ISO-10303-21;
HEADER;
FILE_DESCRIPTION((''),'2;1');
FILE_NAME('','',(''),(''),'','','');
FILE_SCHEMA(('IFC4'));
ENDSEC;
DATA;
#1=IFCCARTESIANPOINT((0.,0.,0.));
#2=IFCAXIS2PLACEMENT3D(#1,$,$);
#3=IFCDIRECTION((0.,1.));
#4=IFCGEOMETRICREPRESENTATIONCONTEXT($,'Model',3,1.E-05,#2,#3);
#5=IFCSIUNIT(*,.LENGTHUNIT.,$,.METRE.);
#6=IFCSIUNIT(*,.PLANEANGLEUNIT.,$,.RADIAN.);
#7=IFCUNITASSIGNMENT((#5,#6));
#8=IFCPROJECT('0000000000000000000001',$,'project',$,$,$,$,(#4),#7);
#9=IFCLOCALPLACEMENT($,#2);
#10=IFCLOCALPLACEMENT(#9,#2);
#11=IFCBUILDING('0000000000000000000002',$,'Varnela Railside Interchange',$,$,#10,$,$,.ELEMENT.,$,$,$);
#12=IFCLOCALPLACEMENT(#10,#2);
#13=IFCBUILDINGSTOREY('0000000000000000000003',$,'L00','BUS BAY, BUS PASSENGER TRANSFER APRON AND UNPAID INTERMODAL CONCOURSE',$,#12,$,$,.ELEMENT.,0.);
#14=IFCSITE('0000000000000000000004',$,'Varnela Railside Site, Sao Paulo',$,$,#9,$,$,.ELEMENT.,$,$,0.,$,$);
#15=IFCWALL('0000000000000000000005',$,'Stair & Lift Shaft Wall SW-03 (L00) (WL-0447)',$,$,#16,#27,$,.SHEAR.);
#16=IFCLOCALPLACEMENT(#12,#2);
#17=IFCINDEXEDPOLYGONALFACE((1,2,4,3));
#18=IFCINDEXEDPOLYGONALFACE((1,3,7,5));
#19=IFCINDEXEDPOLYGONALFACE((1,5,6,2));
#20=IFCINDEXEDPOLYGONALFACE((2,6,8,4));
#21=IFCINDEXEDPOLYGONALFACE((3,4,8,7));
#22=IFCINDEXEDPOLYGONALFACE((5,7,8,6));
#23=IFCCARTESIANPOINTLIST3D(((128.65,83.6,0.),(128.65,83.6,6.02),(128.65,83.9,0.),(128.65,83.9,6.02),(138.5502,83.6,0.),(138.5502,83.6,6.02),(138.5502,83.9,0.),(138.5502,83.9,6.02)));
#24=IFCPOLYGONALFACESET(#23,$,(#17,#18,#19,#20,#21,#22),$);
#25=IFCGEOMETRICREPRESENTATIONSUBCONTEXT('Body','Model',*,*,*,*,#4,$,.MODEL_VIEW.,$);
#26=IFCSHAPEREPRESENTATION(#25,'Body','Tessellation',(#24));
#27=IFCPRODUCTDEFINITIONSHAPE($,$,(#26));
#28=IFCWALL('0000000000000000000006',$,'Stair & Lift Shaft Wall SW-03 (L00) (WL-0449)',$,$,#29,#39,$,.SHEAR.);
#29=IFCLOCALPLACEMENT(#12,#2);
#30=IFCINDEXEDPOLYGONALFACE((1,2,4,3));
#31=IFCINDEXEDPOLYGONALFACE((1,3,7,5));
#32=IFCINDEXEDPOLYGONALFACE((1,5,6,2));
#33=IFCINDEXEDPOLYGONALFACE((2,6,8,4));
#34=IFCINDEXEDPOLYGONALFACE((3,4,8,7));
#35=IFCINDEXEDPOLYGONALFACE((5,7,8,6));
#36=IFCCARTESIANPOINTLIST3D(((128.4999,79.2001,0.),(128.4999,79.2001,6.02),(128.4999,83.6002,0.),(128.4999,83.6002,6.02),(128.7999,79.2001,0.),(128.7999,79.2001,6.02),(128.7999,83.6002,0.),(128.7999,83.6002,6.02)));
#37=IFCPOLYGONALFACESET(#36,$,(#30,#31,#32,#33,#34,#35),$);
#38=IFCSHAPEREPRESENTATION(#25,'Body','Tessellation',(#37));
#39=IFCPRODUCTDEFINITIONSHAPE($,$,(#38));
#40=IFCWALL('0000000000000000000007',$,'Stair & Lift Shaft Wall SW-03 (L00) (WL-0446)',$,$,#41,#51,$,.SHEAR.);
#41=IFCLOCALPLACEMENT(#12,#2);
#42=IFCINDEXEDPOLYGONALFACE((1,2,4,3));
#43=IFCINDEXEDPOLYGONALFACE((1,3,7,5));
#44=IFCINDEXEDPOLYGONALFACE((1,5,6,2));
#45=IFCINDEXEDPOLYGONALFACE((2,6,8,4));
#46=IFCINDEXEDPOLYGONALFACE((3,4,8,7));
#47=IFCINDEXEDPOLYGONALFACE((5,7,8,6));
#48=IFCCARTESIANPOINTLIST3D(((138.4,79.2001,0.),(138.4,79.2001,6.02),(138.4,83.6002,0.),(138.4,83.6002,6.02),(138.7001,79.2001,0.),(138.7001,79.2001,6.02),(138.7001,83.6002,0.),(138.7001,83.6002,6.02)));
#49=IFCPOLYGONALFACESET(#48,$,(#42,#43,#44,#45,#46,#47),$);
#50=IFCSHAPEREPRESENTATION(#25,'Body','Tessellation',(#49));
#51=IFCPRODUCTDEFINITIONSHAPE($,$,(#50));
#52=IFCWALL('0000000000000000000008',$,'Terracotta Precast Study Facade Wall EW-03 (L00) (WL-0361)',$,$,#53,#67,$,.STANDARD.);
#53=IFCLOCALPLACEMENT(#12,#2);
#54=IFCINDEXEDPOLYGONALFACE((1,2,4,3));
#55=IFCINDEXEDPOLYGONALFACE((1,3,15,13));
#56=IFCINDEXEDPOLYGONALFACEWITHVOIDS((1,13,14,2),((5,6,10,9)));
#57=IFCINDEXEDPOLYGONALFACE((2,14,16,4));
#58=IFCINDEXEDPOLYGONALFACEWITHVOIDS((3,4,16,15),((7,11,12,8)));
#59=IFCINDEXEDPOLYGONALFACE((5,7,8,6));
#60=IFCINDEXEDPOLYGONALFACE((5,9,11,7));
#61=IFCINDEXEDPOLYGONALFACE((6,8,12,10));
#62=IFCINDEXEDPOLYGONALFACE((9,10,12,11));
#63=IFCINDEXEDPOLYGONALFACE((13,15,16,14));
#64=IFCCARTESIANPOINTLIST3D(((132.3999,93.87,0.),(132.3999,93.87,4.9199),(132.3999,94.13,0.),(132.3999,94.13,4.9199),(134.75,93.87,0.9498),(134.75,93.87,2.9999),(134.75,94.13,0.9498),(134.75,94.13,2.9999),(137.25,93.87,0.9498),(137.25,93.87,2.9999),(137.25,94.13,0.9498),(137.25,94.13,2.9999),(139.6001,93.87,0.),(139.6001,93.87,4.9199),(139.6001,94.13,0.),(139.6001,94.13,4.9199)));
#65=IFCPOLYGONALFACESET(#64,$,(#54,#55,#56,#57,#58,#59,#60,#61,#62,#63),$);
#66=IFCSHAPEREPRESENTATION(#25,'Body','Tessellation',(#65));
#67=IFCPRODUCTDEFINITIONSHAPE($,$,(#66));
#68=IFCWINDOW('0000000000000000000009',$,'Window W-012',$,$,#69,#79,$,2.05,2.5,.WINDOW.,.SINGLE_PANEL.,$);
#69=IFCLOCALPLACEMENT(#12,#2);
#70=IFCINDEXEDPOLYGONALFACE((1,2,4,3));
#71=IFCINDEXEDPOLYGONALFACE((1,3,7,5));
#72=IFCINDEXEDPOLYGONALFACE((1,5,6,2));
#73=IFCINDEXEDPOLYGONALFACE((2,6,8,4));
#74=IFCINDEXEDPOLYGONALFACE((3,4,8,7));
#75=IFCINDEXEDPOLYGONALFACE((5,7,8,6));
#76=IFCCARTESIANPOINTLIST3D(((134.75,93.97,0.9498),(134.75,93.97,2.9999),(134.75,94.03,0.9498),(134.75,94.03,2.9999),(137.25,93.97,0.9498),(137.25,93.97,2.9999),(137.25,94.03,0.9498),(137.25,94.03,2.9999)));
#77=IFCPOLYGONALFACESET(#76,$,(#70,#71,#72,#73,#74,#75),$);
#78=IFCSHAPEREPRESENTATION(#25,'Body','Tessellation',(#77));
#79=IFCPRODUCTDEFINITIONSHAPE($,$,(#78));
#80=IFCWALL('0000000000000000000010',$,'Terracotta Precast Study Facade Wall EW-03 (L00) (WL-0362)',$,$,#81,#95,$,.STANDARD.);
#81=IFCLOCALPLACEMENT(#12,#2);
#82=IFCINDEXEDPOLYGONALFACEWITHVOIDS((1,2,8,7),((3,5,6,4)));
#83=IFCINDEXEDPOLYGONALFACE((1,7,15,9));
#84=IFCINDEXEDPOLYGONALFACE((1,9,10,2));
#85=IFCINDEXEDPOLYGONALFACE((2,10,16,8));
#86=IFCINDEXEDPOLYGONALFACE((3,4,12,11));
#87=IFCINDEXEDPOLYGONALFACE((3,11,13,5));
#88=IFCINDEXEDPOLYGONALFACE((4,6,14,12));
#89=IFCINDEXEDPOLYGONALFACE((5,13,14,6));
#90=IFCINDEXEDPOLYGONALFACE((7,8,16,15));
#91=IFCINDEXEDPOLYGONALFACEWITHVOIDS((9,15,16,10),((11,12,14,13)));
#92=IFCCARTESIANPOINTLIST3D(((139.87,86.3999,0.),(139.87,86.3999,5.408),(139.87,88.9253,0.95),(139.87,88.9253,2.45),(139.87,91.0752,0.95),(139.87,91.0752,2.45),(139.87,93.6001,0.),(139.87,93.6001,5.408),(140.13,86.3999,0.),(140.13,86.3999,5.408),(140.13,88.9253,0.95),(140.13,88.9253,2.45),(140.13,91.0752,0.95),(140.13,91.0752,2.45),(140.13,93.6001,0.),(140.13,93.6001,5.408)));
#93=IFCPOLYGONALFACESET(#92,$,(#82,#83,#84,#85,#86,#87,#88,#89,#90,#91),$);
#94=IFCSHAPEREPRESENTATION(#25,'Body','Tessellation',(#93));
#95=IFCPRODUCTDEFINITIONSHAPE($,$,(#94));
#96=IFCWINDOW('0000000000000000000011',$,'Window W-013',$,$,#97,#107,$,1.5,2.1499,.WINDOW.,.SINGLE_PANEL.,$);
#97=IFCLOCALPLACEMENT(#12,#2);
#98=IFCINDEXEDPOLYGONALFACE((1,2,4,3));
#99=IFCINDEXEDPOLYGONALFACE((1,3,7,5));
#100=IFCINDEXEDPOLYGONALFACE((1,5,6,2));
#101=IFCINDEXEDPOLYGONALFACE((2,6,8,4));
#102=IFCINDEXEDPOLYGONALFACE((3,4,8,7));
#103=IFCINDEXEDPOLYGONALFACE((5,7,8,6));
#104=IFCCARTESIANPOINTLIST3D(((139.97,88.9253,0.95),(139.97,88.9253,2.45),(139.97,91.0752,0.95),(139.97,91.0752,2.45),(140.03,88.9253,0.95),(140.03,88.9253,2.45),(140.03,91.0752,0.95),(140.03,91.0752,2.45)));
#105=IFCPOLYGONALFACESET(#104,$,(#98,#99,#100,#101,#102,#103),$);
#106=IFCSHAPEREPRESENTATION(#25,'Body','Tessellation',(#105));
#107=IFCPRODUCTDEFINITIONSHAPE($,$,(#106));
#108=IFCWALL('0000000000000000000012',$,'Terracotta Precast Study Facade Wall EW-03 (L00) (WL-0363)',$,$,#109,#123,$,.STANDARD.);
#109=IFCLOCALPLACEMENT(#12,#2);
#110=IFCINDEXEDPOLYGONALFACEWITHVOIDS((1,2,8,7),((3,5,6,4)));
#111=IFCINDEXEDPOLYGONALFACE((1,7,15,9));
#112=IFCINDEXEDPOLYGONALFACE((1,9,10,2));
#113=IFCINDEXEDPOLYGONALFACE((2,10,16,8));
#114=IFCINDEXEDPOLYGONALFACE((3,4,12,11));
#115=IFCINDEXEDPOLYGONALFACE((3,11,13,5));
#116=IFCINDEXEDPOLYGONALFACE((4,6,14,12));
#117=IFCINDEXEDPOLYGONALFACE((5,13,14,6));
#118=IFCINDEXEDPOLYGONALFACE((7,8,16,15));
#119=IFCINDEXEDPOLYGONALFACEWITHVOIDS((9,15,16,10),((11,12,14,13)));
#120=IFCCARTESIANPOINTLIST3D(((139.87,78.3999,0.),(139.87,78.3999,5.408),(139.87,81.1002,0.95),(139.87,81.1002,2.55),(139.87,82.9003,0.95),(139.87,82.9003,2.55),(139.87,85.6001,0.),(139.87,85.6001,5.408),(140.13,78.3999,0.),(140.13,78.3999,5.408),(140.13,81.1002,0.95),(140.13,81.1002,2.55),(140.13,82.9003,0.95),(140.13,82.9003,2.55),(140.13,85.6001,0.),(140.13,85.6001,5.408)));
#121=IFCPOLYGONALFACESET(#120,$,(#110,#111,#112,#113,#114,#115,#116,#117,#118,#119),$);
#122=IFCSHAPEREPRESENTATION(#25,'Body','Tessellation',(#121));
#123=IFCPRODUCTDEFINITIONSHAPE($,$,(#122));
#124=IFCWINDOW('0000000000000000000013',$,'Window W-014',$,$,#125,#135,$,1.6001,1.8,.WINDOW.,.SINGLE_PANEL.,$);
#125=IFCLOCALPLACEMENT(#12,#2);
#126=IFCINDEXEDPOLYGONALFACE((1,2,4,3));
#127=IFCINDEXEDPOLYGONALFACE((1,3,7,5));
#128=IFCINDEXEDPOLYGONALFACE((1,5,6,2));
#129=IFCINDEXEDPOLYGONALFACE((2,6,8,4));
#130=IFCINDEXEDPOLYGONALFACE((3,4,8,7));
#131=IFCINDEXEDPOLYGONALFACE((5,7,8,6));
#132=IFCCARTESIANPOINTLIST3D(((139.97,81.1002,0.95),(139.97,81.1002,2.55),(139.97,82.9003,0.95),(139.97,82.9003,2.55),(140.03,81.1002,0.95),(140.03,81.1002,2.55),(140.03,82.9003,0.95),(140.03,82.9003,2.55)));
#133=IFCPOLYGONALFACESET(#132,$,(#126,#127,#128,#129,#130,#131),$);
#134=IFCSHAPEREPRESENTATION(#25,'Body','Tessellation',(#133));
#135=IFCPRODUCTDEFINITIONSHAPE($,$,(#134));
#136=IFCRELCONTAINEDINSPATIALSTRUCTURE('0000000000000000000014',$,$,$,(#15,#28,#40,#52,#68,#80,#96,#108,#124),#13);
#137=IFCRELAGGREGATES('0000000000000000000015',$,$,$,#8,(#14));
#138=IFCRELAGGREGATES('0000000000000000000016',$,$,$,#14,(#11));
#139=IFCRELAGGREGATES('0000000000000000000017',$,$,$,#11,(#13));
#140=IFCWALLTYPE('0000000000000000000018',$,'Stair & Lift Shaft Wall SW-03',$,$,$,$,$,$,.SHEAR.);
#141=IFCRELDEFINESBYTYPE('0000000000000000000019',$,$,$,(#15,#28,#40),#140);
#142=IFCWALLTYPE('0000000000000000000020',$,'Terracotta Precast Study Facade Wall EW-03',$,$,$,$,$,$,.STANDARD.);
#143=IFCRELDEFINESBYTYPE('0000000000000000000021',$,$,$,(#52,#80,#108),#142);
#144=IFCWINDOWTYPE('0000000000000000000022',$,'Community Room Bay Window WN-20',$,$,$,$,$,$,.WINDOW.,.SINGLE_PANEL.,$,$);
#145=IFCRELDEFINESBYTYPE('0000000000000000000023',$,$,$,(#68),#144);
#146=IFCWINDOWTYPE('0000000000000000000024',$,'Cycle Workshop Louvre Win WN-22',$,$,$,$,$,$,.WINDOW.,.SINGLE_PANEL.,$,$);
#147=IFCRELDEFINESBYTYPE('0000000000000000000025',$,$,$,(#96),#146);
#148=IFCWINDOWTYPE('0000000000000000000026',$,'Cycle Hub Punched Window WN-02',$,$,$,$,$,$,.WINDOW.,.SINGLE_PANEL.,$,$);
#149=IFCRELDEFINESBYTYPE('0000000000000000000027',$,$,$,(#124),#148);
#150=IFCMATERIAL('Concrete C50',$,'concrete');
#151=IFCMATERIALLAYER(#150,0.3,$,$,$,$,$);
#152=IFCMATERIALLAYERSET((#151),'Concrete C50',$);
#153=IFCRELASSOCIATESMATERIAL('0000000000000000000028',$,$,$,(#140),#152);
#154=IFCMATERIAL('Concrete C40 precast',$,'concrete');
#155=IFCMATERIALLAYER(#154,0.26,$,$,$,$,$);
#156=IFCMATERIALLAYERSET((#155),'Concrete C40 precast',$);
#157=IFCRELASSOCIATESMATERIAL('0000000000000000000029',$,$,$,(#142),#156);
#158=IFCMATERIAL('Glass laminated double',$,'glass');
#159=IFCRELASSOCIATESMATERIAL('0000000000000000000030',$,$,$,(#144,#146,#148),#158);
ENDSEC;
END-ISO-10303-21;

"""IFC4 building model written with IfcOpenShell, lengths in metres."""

from ifc_helpers import new_model, si_unit, direction, frame, frame_2d, origin, place, context, subcontext, project, spatial, rectangle, extrude, material, layer, layer_set, type_object, element, fill, save


model = new_model("IFC4")

# Units and contexts
model_context = context("Model", 3, precision=1e-05, world=origin(), true_north=direction((0.0, 1.0)))
body_context = subcontext(model_context, "Body", "Model", "MODEL_VIEW")
ifc_project = project(units=[si_unit("LENGTHUNIT", "METRE"), si_unit("PLANEANGLEUNIT", "RADIAN")], contexts=[model_context])

# Site, building, storey
site_placement = place(None, origin())
site = spatial("IfcSite", under=ifc_project, at=site_placement, Name="Varnela Railside Site, Sao Paulo", CompositionType="ELEMENT", RefElevation=0.0)
building_placement = place(site_placement, origin())
building = spatial("IfcBuilding", under=site, at=building_placement, Name="Varnela Railside Interchange", CompositionType="ELEMENT")
storey_placement = place(building_placement, origin())
storey = spatial("IfcBuildingStorey", under=building, at=storey_placement, Name="L00", Description="BUS BAY, BUS PASSENGER TRANSFER APRON AND UNPAID INTERMODAL CONCOURSE", CompositionType="ELEMENT", Elevation=0.0)

# Shared definitions
ifc_material_1 = material(Name="Concrete C50", Category="concrete")

# Walls
ifc_layer_1 = layer(ifc_material_1, 0.3)
ifc_layer_set_1 = layer_set([ifc_layer_1], Name="Concrete C50")
wall_type_1 = type_object("IfcWallType", Name="Stair & Lift Shaft Wall SW-03", PredefinedType="SHEAR", material=ifc_layer_set_1)
wall_1_placement = place(storey_placement, frame((128.6499, 83.75, 0.0), z_axis=(0.0, 0.0, 1.0), x_axis=(1.0, 0.0, 0.0)))
element("IfcWall", 1, at=wall_1_placement, inside=storey, type_object=wall_type_1, Name="Stair & Lift Shaft Wall SW-03 (L00) (WL-0447)", PredefinedType="SHEAR", context=body_context, shape_type="SweptSolid", body=[
    extrude(rectangle(XDim=9.9001, YDim=0.3, at=frame_2d((4.9502, 0.0))), origin(), (0.0, 0.0, 1.0), 6.02),
])
for number, where, z_axis, x_axis, name in (
    (2, (128.6499, 79.2, 0.0), (0.0, 0.0, 1.0), (0.0, 1.0, 0.0), "Stair & Lift Shaft Wall SW-03 (L00) (WL-0449)"),
    (3, (138.55, 79.2, 0.0), (0.0, 0.0, 1.0), (0.0, 1.0, 0.0), "Stair & Lift Shaft Wall SW-03 (L00) (WL-0446)"),
):
    element("IfcWall", number, at=place(storey_placement, frame(where, z_axis=z_axis, x_axis=x_axis)), inside=storey, type_object=wall_type_1, Name=name, PredefinedType="SHEAR", context=body_context, shape_type="SweptSolid", body=[
        extrude(rectangle(XDim=4.4001, YDim=0.3, at=frame_2d((2.2002, 0.0))), origin(), (0.0, 0.0, 1.0), 6.02),
    ])

# Walls, openings, windows
ifc_material_2 = material(Name="Concrete C40 precast", Category="concrete")
ifc_layer_2 = layer(ifc_material_2, 0.26)
ifc_layer_set_2 = layer_set([ifc_layer_2], Name="Concrete C40 precast")
wall_type_2 = type_object("IfcWallType", Name="Terracotta Precast Study Facade Wall EW-03", PredefinedType="STANDARD", material=ifc_layer_set_2)
wall_2_placement = place(storey_placement, frame((132.3999, 94.0, 0.0), z_axis=(0.0, 0.0, 1.0), x_axis=(1.0, 0.0, 0.0)))
wall_2 = element("IfcWall", 4, at=wall_2_placement, inside=storey, type_object=wall_type_2, Name="Terracotta Precast Study Facade Wall EW-03 (L00) (WL-0361)", PredefinedType="STANDARD", context=body_context, shape_type="SweptSolid", body=[
    extrude(rectangle(XDim=7.2002, YDim=0.26, at=frame_2d((3.6001, 0.0))), origin(), (0.0, 0.0, 1.0), 4.9199),
])
opening_1_placement = place(wall_2_placement, frame((2.3501, 0.0, 0.95)))
opening_1 = element("IfcOpeningElement", 5, at=opening_1_placement, cuts=wall_2, PredefinedType="OPENING", context=body_context, shape_type="SweptSolid", body=[
    extrude(rectangle(XDim=2.5, YDim=2.05, at=frame_2d((1.25, 1.0249))), frame((0.0, 0.1399, 0.0), z_axis=(0.0, -1.0, 0.0), x_axis=(1.0, 0.0, 0.0)), (0.0, 0.0, 1.0), 0.28),
])
ifc_material_3 = material(Name="Glass laminated double", Category="glass")
window_type_1 = type_object("IfcWindowType", Name="Community Room Bay Window WN-20", PartitioningType="SINGLE_PANEL", PredefinedType="WINDOW", material=ifc_material_3)
window_1_placement = place(opening_1_placement, origin())
window_1 = element("IfcWindow", 6, at=window_1_placement, inside=storey, type_object=window_type_1, Name="Window W-012", OverallHeight=2.05, OverallWidth=2.5, PartitioningType="SINGLE_PANEL", PredefinedType="WINDOW", context=body_context, shape_type="SweptSolid", body=[
    extrude(rectangle(XDim=2.5, YDim=2.05, at=frame_2d((1.25, 1.0249))), frame((0.0, 0.03, 0.0), z_axis=(0.0, -1.0, 0.0), x_axis=(1.0, 0.0, 0.0)), (0.0, 0.0, 1.0), 0.0601),
])
fill(opening_1, window_1)
wall_3_placement = place(storey_placement, frame((140.0, 93.6001, 0.0), z_axis=(0.0, 0.0, 1.0), x_axis=(0.0, -1.0, 0.0)))
wall_3 = element("IfcWall", 7, at=wall_3_placement, inside=storey, type_object=wall_type_2, Name="Terracotta Precast Study Facade Wall EW-03 (L00) (WL-0362)", PredefinedType="STANDARD", context=body_context, shape_type="SweptSolid", body=[
    extrude(rectangle(XDim=7.2002, YDim=0.26, at=frame_2d((3.6001, 0.0))), origin(), (0.0, 0.0, 1.0), 5.408),
])
opening_2_placement = place(wall_3_placement, frame((2.5249, 0.0, 0.95)))
opening_2 = element("IfcOpeningElement", 8, at=opening_2_placement, cuts=wall_3, PredefinedType="OPENING", context=body_context, shape_type="SweptSolid", body=[
    extrude(rectangle(XDim=2.1499, YDim=1.5, at=frame_2d((1.075, 0.75))), frame((0.0, 0.1399, 0.0), z_axis=(0.0, -1.0, 0.0), x_axis=(1.0, 0.0, 0.0)), (0.0, 0.0, 1.0), 0.28),
])
window_type_2 = type_object("IfcWindowType", Name="Cycle Workshop Louvre Win WN-22", PartitioningType="SINGLE_PANEL", PredefinedType="WINDOW", material=ifc_material_3)
window_2_placement = place(opening_2_placement, origin())
window_2 = element("IfcWindow", 9, at=window_2_placement, inside=storey, type_object=window_type_2, Name="Window W-013", OverallHeight=1.5, OverallWidth=2.1499, PartitioningType="SINGLE_PANEL", PredefinedType="WINDOW", context=body_context, shape_type="SweptSolid", body=[
    extrude(rectangle(XDim=2.1499, YDim=1.5, at=frame_2d((1.075, 0.75))), frame((0.0, 0.03, 0.0), z_axis=(0.0, -1.0, 0.0), x_axis=(1.0, 0.0, 0.0)), (0.0, 0.0, 1.0), 0.0601),
])
fill(opening_2, window_2)
wall_4_placement = place(storey_placement, frame((140.0, 85.6001, 0.0), z_axis=(0.0, 0.0, 1.0), x_axis=(0.0, -1.0, 0.0)))
wall_4 = element("IfcWall", 10, at=wall_4_placement, inside=storey, type_object=wall_type_2, Name="Terracotta Precast Study Facade Wall EW-03 (L00) (WL-0363)", PredefinedType="STANDARD", context=body_context, shape_type="SweptSolid", body=[
    extrude(rectangle(XDim=7.2002, YDim=0.26, at=frame_2d((3.6001, 0.0))), origin(), (0.0, 0.0, 1.0), 5.408),
])
opening_3_placement = place(wall_4_placement, frame((2.7, 0.0, 0.95)))
opening_3 = element("IfcOpeningElement", 11, at=opening_3_placement, cuts=wall_4, PredefinedType="OPENING", context=body_context, shape_type="SweptSolid", body=[
    extrude(rectangle(XDim=1.8, YDim=1.6001, at=frame_2d((0.8999, 0.8))), frame((0.0, 0.1399, 0.0), z_axis=(0.0, -1.0, 0.0), x_axis=(1.0, 0.0, 0.0)), (0.0, 0.0, 1.0), 0.28),
])
window_type_3 = type_object("IfcWindowType", Name="Cycle Hub Punched Window WN-02", PartitioningType="SINGLE_PANEL", PredefinedType="WINDOW", material=ifc_material_3)
window_3_placement = place(opening_3_placement, origin())
window_3 = element("IfcWindow", 12, at=window_3_placement, inside=storey, type_object=window_type_3, Name="Window W-014", OverallHeight=1.6001, OverallWidth=1.8, PartitioningType="SINGLE_PANEL", PredefinedType="WINDOW", context=body_context, shape_type="SweptSolid", body=[
    extrude(rectangle(XDim=1.8, YDim=1.6001, at=frame_2d((0.8999, 0.8))), frame((0.0, 0.03, 0.0), z_axis=(0.0, -1.0, 0.0), x_axis=(1.0, 0.0, 0.0)), (0.0, 0.0, 1.0), 0.0601),
])
fill(opening_3, window_3)

save(model, "model.ifc")
